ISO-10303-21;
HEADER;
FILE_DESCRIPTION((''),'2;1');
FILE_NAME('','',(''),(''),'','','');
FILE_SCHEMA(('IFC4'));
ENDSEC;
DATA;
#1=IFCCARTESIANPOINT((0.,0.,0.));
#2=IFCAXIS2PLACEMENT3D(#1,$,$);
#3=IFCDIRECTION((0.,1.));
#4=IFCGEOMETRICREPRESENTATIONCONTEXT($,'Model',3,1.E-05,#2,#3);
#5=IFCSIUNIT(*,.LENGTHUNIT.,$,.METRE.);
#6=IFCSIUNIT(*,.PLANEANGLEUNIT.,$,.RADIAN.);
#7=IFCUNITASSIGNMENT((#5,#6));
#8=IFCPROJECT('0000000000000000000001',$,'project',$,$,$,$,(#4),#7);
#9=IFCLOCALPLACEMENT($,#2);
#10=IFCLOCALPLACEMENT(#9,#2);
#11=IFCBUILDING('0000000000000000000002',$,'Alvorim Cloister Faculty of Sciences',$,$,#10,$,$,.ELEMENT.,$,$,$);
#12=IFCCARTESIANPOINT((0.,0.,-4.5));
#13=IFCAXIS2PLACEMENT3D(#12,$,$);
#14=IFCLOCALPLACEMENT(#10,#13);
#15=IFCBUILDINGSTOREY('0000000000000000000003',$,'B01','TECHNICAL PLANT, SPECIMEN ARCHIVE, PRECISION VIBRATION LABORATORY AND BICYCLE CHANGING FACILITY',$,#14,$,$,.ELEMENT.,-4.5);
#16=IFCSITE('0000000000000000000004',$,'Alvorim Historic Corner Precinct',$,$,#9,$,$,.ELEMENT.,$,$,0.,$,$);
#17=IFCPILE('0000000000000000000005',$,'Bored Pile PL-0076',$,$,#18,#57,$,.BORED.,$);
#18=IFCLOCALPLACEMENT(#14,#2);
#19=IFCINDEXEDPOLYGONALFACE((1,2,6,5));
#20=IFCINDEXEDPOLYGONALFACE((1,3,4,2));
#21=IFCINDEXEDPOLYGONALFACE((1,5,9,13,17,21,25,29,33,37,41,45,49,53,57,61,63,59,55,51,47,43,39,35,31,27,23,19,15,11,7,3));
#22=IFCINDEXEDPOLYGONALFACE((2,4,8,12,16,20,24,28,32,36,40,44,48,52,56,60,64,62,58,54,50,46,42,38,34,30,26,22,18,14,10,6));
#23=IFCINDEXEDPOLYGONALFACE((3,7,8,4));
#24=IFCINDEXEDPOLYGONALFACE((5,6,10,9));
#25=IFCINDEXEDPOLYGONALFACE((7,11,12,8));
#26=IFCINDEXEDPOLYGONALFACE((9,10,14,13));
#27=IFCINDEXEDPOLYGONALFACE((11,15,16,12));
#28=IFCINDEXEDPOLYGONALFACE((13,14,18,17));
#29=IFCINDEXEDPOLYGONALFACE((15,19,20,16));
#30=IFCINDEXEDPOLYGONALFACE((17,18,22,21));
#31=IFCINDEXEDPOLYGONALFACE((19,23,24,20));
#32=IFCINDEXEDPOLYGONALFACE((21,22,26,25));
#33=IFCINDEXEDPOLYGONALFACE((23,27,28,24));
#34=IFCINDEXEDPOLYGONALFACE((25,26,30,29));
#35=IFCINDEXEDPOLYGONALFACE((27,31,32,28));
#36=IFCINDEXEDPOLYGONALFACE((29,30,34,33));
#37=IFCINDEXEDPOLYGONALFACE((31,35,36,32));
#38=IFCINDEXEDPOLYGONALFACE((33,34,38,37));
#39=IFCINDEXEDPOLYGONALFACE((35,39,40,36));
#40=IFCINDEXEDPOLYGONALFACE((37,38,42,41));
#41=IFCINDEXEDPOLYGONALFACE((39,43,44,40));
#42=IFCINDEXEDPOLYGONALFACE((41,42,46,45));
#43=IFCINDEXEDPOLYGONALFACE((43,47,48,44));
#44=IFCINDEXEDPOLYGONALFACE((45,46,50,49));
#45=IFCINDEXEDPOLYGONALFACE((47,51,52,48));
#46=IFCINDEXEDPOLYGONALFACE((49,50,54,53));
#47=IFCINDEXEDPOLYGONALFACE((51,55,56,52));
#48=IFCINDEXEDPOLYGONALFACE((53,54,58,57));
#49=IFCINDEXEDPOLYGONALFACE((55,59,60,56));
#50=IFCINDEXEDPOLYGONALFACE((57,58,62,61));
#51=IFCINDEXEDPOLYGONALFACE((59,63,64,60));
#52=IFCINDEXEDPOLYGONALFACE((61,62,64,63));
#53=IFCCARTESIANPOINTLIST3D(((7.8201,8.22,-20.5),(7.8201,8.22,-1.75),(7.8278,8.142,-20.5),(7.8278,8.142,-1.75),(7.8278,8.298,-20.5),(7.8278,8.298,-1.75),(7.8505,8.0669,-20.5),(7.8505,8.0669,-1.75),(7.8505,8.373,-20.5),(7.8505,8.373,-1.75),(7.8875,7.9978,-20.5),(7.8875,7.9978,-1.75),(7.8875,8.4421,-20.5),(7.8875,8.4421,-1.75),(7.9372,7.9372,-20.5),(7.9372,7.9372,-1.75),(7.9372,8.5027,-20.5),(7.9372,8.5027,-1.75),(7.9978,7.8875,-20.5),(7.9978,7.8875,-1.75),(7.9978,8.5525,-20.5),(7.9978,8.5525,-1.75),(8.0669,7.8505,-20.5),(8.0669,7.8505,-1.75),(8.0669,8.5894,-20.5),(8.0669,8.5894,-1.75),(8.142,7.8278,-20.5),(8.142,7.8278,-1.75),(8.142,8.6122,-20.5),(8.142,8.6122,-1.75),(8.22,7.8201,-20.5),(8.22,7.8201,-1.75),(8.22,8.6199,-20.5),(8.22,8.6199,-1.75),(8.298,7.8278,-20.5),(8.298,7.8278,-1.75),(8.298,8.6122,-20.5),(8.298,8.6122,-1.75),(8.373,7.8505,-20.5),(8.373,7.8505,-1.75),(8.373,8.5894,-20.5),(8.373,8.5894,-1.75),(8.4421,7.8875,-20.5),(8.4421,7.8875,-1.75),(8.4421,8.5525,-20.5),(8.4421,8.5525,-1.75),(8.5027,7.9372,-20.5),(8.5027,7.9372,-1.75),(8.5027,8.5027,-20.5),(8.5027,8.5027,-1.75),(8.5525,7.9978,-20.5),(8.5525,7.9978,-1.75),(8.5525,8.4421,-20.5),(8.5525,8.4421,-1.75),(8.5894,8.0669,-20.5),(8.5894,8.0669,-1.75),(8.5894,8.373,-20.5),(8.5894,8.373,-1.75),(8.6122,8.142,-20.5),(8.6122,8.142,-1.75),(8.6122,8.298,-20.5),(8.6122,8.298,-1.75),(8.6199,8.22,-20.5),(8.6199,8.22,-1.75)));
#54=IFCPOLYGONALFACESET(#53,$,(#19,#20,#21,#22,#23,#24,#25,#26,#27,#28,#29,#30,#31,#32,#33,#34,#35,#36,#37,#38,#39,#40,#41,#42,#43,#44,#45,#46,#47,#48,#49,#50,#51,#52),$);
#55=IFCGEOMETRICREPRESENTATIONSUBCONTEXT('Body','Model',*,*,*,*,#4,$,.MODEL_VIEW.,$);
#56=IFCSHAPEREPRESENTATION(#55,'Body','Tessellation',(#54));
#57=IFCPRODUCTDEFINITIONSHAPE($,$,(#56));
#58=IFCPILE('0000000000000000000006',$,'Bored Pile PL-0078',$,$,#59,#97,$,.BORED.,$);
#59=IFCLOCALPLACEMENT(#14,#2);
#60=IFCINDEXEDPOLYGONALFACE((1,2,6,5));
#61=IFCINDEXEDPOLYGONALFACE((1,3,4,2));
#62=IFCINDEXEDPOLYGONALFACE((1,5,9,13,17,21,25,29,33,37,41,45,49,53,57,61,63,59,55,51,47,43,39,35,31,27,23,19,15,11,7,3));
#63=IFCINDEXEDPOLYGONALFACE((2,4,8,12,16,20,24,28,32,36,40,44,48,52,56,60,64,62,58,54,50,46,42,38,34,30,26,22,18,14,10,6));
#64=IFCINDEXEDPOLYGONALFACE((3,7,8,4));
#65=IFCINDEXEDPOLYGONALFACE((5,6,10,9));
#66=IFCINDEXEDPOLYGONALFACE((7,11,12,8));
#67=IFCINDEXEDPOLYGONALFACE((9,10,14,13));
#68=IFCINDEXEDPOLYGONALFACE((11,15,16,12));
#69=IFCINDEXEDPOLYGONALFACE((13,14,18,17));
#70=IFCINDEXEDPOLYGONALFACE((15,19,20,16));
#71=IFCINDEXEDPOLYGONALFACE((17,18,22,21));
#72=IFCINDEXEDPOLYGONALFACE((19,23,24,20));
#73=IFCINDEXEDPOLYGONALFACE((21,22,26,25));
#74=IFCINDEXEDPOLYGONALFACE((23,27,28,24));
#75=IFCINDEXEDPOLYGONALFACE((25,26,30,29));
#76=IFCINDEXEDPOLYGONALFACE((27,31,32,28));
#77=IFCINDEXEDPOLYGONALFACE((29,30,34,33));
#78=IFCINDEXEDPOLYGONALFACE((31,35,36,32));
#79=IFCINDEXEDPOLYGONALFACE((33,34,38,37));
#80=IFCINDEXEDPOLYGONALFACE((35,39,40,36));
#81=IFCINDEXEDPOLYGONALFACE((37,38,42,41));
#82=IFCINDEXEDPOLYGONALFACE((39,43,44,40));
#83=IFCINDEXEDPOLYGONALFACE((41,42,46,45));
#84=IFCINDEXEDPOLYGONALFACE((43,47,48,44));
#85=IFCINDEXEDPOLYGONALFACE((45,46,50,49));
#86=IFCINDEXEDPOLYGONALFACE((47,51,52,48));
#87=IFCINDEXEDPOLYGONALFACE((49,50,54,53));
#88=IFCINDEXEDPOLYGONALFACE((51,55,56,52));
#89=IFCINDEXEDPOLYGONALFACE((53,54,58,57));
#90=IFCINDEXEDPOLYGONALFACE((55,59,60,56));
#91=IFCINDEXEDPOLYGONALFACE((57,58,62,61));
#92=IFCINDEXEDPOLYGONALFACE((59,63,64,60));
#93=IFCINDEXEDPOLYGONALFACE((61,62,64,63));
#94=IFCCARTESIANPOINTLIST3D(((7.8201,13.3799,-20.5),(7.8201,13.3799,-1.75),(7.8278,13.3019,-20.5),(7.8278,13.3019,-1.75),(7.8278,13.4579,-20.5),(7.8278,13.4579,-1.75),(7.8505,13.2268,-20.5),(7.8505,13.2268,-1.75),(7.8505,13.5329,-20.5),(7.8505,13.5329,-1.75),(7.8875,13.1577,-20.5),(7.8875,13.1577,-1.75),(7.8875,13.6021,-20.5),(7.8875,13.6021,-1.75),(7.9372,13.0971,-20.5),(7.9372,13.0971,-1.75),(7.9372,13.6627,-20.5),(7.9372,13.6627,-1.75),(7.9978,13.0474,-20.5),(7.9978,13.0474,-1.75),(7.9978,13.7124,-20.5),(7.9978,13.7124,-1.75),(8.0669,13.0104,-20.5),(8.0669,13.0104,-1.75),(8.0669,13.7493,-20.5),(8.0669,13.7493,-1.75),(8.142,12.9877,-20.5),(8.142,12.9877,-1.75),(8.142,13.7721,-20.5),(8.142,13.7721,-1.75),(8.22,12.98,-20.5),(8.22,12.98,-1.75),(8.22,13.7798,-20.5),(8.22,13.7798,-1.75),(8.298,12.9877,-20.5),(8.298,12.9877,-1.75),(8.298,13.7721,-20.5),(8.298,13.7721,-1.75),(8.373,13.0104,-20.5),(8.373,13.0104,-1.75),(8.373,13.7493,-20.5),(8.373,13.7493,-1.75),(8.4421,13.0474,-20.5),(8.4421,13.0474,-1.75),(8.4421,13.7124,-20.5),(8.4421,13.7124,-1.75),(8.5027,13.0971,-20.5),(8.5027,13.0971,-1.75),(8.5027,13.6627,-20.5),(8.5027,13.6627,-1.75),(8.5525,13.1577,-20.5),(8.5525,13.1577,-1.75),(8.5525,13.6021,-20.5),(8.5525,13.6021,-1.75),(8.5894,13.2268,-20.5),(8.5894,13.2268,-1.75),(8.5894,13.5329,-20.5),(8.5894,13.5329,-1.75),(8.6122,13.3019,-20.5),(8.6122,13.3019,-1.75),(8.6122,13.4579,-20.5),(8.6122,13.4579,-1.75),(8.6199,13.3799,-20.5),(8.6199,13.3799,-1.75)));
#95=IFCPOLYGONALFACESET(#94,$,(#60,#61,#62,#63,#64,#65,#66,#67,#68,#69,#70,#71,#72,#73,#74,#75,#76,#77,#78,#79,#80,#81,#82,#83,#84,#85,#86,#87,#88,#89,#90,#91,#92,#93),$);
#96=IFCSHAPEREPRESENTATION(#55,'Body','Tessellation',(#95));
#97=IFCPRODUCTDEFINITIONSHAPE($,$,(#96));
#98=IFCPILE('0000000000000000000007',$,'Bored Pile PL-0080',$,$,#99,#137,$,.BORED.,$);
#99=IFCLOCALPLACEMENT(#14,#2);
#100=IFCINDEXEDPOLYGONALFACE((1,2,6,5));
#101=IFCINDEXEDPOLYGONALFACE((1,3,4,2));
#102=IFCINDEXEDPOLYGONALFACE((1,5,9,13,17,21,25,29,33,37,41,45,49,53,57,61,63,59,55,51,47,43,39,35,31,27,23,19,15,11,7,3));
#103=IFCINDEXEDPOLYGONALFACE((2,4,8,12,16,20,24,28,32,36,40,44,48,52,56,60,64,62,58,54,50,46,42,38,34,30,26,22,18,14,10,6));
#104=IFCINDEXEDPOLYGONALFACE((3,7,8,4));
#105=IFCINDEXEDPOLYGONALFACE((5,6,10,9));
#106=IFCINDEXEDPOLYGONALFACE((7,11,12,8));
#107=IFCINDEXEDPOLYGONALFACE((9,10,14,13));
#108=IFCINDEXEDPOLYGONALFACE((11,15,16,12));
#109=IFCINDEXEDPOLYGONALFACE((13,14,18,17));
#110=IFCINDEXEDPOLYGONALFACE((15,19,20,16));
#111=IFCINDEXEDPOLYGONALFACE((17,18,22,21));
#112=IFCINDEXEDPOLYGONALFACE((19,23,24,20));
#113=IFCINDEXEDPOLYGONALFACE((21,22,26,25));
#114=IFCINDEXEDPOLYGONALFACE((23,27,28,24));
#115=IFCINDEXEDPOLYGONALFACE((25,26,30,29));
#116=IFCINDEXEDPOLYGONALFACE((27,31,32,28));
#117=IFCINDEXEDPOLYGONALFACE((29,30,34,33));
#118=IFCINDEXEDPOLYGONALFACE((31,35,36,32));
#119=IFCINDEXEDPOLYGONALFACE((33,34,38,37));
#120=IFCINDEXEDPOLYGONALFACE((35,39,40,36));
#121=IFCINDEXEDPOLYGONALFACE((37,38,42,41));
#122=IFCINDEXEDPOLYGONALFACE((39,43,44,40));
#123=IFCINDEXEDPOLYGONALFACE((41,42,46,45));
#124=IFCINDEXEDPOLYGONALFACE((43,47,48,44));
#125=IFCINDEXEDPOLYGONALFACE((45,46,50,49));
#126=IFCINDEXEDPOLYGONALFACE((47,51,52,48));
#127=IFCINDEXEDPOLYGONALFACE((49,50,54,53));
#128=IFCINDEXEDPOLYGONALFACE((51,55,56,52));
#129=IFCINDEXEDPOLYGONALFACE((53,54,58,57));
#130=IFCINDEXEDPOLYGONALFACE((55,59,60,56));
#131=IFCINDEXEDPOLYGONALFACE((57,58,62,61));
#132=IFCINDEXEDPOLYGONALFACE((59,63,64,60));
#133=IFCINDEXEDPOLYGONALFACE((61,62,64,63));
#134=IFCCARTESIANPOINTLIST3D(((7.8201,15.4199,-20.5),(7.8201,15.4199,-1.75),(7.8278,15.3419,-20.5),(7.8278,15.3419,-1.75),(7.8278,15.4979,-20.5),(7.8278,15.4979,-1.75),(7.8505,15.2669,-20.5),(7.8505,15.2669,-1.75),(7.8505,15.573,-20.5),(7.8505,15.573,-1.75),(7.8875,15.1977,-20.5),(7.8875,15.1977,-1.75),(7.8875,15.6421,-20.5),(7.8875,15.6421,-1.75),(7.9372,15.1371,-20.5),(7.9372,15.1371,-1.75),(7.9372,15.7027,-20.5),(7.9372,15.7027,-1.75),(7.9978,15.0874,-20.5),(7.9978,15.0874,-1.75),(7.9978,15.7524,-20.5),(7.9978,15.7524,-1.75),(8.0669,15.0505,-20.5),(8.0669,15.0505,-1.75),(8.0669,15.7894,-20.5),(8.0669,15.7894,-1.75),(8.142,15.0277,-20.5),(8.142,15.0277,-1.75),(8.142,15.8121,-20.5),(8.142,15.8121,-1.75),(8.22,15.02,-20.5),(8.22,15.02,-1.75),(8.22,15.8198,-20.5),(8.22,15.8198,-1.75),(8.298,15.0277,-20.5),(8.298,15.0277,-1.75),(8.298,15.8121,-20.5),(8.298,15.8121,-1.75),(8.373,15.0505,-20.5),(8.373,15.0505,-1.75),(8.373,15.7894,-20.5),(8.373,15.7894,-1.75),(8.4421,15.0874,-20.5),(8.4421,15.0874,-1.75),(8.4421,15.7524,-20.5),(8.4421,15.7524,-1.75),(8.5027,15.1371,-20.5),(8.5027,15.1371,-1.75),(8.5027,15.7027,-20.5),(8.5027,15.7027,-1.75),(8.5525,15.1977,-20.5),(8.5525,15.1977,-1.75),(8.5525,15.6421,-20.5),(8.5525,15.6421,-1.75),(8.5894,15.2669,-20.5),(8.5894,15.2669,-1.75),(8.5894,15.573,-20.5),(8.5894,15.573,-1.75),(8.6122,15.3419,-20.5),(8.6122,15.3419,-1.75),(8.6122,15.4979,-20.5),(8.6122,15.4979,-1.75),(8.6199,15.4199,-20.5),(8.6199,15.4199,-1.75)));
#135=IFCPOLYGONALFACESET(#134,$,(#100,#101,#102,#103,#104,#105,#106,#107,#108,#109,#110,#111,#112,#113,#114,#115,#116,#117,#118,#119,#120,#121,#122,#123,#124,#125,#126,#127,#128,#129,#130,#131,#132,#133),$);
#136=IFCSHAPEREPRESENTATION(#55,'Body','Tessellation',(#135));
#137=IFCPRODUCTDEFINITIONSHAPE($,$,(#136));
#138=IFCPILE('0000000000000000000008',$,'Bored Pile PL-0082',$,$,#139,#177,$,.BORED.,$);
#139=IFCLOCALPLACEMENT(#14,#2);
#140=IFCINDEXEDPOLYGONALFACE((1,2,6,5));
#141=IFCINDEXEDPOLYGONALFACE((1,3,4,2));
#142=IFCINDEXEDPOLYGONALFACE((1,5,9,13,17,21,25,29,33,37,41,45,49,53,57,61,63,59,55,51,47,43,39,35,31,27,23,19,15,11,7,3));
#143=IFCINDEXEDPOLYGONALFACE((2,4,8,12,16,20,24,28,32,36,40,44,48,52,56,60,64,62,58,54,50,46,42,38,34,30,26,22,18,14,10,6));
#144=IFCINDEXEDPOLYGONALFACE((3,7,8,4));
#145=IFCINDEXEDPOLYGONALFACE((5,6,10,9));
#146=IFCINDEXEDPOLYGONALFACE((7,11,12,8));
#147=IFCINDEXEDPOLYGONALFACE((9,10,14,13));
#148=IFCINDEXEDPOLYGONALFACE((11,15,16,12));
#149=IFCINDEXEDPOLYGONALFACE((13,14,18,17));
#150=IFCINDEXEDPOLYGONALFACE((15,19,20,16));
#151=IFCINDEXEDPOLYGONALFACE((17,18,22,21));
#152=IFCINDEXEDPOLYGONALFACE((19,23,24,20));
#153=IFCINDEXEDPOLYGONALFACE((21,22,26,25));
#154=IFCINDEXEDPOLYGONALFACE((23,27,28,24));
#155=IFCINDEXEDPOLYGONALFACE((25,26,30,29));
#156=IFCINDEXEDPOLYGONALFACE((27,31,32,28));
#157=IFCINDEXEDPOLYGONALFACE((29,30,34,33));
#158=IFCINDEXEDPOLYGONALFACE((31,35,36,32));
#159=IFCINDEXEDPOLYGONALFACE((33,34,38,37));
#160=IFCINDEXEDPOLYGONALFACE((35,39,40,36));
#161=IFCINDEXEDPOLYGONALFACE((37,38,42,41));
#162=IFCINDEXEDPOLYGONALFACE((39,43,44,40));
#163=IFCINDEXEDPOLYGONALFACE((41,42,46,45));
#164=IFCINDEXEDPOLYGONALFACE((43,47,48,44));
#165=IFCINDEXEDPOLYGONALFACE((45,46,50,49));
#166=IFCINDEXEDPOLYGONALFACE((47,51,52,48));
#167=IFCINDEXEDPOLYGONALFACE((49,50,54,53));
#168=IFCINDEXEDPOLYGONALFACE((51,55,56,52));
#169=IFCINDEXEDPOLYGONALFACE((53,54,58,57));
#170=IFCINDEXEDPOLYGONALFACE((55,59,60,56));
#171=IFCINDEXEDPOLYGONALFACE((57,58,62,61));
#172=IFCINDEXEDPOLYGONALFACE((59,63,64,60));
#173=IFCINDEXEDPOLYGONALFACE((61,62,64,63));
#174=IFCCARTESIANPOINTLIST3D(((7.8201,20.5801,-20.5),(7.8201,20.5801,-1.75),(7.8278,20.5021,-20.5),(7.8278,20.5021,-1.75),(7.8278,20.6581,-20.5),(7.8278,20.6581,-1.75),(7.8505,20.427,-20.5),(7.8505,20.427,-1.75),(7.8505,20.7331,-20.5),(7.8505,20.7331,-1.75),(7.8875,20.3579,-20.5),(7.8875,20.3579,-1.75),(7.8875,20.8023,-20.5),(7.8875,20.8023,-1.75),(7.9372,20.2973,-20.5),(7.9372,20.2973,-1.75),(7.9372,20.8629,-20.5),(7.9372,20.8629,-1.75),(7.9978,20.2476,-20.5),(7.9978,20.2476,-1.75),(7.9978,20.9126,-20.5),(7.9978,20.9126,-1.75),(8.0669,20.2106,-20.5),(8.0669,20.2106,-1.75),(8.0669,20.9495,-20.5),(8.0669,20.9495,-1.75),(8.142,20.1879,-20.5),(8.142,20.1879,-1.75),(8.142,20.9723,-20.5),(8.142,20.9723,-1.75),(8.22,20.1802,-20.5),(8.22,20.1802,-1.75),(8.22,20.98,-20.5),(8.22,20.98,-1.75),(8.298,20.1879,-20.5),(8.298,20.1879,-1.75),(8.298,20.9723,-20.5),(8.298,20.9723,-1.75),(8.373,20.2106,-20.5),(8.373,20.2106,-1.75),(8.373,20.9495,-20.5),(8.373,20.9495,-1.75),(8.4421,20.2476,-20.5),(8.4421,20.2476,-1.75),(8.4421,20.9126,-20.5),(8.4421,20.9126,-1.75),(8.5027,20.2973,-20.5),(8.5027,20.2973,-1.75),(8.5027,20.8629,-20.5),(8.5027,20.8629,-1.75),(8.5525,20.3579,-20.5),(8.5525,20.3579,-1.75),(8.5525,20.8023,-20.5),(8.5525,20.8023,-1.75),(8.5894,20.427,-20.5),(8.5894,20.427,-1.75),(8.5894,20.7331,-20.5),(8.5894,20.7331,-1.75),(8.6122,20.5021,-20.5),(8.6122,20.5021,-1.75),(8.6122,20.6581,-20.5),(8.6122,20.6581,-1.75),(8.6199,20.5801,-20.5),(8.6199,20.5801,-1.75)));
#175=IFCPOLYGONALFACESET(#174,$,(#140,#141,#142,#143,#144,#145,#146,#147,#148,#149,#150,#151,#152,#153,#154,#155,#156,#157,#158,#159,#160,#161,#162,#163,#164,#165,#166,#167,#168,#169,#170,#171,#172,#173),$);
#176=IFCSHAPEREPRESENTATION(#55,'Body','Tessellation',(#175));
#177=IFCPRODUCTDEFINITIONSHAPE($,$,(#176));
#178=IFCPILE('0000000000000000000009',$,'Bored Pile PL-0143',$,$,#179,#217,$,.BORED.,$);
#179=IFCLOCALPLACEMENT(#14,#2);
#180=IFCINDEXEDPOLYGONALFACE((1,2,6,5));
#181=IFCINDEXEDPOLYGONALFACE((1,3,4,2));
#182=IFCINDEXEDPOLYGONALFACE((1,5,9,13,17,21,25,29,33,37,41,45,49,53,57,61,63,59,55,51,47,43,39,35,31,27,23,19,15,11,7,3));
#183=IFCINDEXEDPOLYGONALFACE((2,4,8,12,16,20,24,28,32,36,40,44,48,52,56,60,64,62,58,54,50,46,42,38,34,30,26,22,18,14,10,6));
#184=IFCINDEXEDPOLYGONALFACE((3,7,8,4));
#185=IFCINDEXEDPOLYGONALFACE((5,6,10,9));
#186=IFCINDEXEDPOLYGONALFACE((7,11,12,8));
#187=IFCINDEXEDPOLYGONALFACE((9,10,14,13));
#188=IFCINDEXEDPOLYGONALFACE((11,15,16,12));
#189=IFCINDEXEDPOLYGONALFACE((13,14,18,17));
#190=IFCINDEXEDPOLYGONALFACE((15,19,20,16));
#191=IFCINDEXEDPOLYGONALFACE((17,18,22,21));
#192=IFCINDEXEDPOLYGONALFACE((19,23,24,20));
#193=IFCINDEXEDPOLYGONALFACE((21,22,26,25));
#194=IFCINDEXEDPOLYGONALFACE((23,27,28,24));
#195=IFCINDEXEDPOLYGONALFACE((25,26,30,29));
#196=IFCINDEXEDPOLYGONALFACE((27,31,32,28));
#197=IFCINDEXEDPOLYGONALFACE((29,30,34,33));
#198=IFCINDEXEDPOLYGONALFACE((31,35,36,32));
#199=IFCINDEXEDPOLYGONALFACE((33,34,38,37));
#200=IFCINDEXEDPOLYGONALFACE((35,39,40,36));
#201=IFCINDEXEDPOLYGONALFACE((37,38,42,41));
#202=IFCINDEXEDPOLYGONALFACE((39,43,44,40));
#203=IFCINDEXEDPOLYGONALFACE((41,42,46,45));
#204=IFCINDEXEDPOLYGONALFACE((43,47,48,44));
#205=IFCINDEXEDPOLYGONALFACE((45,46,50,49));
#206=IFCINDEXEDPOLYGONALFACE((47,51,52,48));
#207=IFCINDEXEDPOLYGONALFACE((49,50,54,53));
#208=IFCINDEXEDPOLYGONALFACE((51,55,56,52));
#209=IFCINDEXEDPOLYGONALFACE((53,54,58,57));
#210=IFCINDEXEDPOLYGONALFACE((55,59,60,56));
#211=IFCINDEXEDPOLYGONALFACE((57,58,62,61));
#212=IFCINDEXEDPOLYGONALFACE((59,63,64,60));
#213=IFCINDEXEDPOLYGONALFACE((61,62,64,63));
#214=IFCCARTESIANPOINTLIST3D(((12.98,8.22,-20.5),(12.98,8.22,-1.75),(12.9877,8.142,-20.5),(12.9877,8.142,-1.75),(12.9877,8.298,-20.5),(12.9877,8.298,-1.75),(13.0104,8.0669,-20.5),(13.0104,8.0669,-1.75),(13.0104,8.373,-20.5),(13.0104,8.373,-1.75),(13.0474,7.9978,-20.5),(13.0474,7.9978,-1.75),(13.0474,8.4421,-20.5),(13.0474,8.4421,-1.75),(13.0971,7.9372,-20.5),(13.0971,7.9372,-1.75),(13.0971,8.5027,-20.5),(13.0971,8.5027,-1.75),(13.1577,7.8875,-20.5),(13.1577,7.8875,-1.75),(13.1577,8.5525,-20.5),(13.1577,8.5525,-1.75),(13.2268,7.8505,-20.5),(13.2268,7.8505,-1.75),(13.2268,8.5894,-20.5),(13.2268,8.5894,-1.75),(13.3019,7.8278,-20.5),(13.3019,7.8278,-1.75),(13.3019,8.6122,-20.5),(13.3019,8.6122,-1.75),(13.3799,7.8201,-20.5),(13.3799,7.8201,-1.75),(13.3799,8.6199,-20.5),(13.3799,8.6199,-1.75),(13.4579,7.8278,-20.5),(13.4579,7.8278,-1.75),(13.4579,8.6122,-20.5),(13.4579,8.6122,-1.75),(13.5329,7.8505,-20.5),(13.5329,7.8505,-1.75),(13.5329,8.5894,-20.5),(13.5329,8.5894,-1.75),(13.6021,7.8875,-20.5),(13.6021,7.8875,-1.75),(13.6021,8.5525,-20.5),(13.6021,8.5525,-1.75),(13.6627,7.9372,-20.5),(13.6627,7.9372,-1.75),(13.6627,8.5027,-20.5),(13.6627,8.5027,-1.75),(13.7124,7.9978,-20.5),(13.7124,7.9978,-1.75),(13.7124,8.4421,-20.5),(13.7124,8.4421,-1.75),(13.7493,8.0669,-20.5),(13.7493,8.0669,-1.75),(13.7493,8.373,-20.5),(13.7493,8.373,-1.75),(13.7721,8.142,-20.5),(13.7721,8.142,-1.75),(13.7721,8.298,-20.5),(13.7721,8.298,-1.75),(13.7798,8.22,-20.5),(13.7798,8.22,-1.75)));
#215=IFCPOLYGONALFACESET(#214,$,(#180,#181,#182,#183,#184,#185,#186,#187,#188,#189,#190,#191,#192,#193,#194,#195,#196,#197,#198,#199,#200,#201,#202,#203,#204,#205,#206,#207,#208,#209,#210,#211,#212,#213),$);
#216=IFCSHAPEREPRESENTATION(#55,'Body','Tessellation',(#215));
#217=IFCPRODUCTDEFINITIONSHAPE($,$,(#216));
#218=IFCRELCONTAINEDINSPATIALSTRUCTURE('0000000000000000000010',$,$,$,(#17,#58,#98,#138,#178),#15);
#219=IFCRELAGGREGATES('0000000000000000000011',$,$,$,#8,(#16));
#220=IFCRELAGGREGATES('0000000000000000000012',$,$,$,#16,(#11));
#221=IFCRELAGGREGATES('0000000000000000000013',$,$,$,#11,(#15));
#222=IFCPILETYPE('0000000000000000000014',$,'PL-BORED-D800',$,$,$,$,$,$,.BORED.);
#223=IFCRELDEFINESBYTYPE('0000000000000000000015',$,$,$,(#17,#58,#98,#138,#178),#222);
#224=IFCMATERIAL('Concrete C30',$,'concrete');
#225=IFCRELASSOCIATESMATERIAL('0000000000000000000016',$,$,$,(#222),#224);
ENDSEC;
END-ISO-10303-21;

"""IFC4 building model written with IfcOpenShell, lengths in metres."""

from ifc_helpers import new_model, si_unit, direction, frame, origin, origin_2d, place, context, subcontext, project, spatial, circle, extrude, material, material_profile, profile_set, type_object, element, save


model = new_model("IFC4")

# Units and contexts
model_context = context("Model", 3, precision=1e-05, world=origin(), true_north=direction((0.0, 1.0)))
body_context = subcontext(model_context, "Body", "Model", "MODEL_VIEW")
ifc_project = project(units=[si_unit("LENGTHUNIT", "METRE"), si_unit("PLANEANGLEUNIT", "RADIAN")], contexts=[model_context])

# Site, building, storey
site_placement = place(None, origin())
site = spatial("IfcSite", under=ifc_project, at=site_placement, Name="Alvorim Historic Corner Precinct", CompositionType="ELEMENT", RefElevation=0.0)
building_placement = place(site_placement, origin())
building = spatial("IfcBuilding", under=site, at=building_placement, Name="Alvorim Cloister Faculty of Sciences", CompositionType="ELEMENT")
storey_placement = place(building_placement, frame((0.0, 0.0, -4.5)))
storey = spatial("IfcBuildingStorey", under=building, at=storey_placement, Name="B01", Description="TECHNICAL PLANT, SPECIMEN ARCHIVE, PRECISION VIBRATION LABORATORY AND BICYCLE CHANGING FACILITY", CompositionType="ELEMENT", Elevation=-4.5)

# Piles
ifc_material_1 = material(Name="Concrete C30", Category="concrete")
ifc_material_profile_1 = material_profile(ifc_material_1, circle(Radius=0.3999, at=origin_2d()), Name="PILE-D800")
ifc_profile_set_1 = profile_set([ifc_material_profile_1], Name="Concrete C30")
pile_type_1 = type_object("IfcPileType", Name="PL-BORED-D800", PredefinedType="BORED", material=ifc_profile_set_1)
for number, where, z_axis, x_axis, name in (
    (1, (8.22, 8.22, -1.75), (0.0, 0.0, -1.0), (1.0, 0.0, 0.0), "Bored Pile PL-0076"),
    (2, (8.22, 13.3799, -1.75), (0.0, 0.0, -1.0), (1.0, 0.0, 0.0), "Bored Pile PL-0078"),
    (3, (8.22, 15.4199, -1.75), (0.0, 0.0, -1.0), (1.0, 0.0, 0.0), "Bored Pile PL-0080"),
    (4, (8.22, 20.5801, -1.75), (0.0, 0.0, -1.0), (1.0, 0.0, 0.0), "Bored Pile PL-0082"),
    (5, (13.3799, 8.22, -1.75), (0.0, 0.0, -1.0), (1.0, 0.0, 0.0), "Bored Pile PL-0143"),
):
    element("IfcPile", number, at=place(storey_placement, frame(where, z_axis=z_axis, x_axis=x_axis)), inside=storey, type_object=pile_type_1, Name=name, PredefinedType="BORED", context=body_context, shape_type="SweptSolid", body=[
        extrude(circle(Radius=0.3999, at=origin_2d()), origin(), (0.0, 0.0, 1.0), 18.75),
    ])

save(model, "model.ifc")
